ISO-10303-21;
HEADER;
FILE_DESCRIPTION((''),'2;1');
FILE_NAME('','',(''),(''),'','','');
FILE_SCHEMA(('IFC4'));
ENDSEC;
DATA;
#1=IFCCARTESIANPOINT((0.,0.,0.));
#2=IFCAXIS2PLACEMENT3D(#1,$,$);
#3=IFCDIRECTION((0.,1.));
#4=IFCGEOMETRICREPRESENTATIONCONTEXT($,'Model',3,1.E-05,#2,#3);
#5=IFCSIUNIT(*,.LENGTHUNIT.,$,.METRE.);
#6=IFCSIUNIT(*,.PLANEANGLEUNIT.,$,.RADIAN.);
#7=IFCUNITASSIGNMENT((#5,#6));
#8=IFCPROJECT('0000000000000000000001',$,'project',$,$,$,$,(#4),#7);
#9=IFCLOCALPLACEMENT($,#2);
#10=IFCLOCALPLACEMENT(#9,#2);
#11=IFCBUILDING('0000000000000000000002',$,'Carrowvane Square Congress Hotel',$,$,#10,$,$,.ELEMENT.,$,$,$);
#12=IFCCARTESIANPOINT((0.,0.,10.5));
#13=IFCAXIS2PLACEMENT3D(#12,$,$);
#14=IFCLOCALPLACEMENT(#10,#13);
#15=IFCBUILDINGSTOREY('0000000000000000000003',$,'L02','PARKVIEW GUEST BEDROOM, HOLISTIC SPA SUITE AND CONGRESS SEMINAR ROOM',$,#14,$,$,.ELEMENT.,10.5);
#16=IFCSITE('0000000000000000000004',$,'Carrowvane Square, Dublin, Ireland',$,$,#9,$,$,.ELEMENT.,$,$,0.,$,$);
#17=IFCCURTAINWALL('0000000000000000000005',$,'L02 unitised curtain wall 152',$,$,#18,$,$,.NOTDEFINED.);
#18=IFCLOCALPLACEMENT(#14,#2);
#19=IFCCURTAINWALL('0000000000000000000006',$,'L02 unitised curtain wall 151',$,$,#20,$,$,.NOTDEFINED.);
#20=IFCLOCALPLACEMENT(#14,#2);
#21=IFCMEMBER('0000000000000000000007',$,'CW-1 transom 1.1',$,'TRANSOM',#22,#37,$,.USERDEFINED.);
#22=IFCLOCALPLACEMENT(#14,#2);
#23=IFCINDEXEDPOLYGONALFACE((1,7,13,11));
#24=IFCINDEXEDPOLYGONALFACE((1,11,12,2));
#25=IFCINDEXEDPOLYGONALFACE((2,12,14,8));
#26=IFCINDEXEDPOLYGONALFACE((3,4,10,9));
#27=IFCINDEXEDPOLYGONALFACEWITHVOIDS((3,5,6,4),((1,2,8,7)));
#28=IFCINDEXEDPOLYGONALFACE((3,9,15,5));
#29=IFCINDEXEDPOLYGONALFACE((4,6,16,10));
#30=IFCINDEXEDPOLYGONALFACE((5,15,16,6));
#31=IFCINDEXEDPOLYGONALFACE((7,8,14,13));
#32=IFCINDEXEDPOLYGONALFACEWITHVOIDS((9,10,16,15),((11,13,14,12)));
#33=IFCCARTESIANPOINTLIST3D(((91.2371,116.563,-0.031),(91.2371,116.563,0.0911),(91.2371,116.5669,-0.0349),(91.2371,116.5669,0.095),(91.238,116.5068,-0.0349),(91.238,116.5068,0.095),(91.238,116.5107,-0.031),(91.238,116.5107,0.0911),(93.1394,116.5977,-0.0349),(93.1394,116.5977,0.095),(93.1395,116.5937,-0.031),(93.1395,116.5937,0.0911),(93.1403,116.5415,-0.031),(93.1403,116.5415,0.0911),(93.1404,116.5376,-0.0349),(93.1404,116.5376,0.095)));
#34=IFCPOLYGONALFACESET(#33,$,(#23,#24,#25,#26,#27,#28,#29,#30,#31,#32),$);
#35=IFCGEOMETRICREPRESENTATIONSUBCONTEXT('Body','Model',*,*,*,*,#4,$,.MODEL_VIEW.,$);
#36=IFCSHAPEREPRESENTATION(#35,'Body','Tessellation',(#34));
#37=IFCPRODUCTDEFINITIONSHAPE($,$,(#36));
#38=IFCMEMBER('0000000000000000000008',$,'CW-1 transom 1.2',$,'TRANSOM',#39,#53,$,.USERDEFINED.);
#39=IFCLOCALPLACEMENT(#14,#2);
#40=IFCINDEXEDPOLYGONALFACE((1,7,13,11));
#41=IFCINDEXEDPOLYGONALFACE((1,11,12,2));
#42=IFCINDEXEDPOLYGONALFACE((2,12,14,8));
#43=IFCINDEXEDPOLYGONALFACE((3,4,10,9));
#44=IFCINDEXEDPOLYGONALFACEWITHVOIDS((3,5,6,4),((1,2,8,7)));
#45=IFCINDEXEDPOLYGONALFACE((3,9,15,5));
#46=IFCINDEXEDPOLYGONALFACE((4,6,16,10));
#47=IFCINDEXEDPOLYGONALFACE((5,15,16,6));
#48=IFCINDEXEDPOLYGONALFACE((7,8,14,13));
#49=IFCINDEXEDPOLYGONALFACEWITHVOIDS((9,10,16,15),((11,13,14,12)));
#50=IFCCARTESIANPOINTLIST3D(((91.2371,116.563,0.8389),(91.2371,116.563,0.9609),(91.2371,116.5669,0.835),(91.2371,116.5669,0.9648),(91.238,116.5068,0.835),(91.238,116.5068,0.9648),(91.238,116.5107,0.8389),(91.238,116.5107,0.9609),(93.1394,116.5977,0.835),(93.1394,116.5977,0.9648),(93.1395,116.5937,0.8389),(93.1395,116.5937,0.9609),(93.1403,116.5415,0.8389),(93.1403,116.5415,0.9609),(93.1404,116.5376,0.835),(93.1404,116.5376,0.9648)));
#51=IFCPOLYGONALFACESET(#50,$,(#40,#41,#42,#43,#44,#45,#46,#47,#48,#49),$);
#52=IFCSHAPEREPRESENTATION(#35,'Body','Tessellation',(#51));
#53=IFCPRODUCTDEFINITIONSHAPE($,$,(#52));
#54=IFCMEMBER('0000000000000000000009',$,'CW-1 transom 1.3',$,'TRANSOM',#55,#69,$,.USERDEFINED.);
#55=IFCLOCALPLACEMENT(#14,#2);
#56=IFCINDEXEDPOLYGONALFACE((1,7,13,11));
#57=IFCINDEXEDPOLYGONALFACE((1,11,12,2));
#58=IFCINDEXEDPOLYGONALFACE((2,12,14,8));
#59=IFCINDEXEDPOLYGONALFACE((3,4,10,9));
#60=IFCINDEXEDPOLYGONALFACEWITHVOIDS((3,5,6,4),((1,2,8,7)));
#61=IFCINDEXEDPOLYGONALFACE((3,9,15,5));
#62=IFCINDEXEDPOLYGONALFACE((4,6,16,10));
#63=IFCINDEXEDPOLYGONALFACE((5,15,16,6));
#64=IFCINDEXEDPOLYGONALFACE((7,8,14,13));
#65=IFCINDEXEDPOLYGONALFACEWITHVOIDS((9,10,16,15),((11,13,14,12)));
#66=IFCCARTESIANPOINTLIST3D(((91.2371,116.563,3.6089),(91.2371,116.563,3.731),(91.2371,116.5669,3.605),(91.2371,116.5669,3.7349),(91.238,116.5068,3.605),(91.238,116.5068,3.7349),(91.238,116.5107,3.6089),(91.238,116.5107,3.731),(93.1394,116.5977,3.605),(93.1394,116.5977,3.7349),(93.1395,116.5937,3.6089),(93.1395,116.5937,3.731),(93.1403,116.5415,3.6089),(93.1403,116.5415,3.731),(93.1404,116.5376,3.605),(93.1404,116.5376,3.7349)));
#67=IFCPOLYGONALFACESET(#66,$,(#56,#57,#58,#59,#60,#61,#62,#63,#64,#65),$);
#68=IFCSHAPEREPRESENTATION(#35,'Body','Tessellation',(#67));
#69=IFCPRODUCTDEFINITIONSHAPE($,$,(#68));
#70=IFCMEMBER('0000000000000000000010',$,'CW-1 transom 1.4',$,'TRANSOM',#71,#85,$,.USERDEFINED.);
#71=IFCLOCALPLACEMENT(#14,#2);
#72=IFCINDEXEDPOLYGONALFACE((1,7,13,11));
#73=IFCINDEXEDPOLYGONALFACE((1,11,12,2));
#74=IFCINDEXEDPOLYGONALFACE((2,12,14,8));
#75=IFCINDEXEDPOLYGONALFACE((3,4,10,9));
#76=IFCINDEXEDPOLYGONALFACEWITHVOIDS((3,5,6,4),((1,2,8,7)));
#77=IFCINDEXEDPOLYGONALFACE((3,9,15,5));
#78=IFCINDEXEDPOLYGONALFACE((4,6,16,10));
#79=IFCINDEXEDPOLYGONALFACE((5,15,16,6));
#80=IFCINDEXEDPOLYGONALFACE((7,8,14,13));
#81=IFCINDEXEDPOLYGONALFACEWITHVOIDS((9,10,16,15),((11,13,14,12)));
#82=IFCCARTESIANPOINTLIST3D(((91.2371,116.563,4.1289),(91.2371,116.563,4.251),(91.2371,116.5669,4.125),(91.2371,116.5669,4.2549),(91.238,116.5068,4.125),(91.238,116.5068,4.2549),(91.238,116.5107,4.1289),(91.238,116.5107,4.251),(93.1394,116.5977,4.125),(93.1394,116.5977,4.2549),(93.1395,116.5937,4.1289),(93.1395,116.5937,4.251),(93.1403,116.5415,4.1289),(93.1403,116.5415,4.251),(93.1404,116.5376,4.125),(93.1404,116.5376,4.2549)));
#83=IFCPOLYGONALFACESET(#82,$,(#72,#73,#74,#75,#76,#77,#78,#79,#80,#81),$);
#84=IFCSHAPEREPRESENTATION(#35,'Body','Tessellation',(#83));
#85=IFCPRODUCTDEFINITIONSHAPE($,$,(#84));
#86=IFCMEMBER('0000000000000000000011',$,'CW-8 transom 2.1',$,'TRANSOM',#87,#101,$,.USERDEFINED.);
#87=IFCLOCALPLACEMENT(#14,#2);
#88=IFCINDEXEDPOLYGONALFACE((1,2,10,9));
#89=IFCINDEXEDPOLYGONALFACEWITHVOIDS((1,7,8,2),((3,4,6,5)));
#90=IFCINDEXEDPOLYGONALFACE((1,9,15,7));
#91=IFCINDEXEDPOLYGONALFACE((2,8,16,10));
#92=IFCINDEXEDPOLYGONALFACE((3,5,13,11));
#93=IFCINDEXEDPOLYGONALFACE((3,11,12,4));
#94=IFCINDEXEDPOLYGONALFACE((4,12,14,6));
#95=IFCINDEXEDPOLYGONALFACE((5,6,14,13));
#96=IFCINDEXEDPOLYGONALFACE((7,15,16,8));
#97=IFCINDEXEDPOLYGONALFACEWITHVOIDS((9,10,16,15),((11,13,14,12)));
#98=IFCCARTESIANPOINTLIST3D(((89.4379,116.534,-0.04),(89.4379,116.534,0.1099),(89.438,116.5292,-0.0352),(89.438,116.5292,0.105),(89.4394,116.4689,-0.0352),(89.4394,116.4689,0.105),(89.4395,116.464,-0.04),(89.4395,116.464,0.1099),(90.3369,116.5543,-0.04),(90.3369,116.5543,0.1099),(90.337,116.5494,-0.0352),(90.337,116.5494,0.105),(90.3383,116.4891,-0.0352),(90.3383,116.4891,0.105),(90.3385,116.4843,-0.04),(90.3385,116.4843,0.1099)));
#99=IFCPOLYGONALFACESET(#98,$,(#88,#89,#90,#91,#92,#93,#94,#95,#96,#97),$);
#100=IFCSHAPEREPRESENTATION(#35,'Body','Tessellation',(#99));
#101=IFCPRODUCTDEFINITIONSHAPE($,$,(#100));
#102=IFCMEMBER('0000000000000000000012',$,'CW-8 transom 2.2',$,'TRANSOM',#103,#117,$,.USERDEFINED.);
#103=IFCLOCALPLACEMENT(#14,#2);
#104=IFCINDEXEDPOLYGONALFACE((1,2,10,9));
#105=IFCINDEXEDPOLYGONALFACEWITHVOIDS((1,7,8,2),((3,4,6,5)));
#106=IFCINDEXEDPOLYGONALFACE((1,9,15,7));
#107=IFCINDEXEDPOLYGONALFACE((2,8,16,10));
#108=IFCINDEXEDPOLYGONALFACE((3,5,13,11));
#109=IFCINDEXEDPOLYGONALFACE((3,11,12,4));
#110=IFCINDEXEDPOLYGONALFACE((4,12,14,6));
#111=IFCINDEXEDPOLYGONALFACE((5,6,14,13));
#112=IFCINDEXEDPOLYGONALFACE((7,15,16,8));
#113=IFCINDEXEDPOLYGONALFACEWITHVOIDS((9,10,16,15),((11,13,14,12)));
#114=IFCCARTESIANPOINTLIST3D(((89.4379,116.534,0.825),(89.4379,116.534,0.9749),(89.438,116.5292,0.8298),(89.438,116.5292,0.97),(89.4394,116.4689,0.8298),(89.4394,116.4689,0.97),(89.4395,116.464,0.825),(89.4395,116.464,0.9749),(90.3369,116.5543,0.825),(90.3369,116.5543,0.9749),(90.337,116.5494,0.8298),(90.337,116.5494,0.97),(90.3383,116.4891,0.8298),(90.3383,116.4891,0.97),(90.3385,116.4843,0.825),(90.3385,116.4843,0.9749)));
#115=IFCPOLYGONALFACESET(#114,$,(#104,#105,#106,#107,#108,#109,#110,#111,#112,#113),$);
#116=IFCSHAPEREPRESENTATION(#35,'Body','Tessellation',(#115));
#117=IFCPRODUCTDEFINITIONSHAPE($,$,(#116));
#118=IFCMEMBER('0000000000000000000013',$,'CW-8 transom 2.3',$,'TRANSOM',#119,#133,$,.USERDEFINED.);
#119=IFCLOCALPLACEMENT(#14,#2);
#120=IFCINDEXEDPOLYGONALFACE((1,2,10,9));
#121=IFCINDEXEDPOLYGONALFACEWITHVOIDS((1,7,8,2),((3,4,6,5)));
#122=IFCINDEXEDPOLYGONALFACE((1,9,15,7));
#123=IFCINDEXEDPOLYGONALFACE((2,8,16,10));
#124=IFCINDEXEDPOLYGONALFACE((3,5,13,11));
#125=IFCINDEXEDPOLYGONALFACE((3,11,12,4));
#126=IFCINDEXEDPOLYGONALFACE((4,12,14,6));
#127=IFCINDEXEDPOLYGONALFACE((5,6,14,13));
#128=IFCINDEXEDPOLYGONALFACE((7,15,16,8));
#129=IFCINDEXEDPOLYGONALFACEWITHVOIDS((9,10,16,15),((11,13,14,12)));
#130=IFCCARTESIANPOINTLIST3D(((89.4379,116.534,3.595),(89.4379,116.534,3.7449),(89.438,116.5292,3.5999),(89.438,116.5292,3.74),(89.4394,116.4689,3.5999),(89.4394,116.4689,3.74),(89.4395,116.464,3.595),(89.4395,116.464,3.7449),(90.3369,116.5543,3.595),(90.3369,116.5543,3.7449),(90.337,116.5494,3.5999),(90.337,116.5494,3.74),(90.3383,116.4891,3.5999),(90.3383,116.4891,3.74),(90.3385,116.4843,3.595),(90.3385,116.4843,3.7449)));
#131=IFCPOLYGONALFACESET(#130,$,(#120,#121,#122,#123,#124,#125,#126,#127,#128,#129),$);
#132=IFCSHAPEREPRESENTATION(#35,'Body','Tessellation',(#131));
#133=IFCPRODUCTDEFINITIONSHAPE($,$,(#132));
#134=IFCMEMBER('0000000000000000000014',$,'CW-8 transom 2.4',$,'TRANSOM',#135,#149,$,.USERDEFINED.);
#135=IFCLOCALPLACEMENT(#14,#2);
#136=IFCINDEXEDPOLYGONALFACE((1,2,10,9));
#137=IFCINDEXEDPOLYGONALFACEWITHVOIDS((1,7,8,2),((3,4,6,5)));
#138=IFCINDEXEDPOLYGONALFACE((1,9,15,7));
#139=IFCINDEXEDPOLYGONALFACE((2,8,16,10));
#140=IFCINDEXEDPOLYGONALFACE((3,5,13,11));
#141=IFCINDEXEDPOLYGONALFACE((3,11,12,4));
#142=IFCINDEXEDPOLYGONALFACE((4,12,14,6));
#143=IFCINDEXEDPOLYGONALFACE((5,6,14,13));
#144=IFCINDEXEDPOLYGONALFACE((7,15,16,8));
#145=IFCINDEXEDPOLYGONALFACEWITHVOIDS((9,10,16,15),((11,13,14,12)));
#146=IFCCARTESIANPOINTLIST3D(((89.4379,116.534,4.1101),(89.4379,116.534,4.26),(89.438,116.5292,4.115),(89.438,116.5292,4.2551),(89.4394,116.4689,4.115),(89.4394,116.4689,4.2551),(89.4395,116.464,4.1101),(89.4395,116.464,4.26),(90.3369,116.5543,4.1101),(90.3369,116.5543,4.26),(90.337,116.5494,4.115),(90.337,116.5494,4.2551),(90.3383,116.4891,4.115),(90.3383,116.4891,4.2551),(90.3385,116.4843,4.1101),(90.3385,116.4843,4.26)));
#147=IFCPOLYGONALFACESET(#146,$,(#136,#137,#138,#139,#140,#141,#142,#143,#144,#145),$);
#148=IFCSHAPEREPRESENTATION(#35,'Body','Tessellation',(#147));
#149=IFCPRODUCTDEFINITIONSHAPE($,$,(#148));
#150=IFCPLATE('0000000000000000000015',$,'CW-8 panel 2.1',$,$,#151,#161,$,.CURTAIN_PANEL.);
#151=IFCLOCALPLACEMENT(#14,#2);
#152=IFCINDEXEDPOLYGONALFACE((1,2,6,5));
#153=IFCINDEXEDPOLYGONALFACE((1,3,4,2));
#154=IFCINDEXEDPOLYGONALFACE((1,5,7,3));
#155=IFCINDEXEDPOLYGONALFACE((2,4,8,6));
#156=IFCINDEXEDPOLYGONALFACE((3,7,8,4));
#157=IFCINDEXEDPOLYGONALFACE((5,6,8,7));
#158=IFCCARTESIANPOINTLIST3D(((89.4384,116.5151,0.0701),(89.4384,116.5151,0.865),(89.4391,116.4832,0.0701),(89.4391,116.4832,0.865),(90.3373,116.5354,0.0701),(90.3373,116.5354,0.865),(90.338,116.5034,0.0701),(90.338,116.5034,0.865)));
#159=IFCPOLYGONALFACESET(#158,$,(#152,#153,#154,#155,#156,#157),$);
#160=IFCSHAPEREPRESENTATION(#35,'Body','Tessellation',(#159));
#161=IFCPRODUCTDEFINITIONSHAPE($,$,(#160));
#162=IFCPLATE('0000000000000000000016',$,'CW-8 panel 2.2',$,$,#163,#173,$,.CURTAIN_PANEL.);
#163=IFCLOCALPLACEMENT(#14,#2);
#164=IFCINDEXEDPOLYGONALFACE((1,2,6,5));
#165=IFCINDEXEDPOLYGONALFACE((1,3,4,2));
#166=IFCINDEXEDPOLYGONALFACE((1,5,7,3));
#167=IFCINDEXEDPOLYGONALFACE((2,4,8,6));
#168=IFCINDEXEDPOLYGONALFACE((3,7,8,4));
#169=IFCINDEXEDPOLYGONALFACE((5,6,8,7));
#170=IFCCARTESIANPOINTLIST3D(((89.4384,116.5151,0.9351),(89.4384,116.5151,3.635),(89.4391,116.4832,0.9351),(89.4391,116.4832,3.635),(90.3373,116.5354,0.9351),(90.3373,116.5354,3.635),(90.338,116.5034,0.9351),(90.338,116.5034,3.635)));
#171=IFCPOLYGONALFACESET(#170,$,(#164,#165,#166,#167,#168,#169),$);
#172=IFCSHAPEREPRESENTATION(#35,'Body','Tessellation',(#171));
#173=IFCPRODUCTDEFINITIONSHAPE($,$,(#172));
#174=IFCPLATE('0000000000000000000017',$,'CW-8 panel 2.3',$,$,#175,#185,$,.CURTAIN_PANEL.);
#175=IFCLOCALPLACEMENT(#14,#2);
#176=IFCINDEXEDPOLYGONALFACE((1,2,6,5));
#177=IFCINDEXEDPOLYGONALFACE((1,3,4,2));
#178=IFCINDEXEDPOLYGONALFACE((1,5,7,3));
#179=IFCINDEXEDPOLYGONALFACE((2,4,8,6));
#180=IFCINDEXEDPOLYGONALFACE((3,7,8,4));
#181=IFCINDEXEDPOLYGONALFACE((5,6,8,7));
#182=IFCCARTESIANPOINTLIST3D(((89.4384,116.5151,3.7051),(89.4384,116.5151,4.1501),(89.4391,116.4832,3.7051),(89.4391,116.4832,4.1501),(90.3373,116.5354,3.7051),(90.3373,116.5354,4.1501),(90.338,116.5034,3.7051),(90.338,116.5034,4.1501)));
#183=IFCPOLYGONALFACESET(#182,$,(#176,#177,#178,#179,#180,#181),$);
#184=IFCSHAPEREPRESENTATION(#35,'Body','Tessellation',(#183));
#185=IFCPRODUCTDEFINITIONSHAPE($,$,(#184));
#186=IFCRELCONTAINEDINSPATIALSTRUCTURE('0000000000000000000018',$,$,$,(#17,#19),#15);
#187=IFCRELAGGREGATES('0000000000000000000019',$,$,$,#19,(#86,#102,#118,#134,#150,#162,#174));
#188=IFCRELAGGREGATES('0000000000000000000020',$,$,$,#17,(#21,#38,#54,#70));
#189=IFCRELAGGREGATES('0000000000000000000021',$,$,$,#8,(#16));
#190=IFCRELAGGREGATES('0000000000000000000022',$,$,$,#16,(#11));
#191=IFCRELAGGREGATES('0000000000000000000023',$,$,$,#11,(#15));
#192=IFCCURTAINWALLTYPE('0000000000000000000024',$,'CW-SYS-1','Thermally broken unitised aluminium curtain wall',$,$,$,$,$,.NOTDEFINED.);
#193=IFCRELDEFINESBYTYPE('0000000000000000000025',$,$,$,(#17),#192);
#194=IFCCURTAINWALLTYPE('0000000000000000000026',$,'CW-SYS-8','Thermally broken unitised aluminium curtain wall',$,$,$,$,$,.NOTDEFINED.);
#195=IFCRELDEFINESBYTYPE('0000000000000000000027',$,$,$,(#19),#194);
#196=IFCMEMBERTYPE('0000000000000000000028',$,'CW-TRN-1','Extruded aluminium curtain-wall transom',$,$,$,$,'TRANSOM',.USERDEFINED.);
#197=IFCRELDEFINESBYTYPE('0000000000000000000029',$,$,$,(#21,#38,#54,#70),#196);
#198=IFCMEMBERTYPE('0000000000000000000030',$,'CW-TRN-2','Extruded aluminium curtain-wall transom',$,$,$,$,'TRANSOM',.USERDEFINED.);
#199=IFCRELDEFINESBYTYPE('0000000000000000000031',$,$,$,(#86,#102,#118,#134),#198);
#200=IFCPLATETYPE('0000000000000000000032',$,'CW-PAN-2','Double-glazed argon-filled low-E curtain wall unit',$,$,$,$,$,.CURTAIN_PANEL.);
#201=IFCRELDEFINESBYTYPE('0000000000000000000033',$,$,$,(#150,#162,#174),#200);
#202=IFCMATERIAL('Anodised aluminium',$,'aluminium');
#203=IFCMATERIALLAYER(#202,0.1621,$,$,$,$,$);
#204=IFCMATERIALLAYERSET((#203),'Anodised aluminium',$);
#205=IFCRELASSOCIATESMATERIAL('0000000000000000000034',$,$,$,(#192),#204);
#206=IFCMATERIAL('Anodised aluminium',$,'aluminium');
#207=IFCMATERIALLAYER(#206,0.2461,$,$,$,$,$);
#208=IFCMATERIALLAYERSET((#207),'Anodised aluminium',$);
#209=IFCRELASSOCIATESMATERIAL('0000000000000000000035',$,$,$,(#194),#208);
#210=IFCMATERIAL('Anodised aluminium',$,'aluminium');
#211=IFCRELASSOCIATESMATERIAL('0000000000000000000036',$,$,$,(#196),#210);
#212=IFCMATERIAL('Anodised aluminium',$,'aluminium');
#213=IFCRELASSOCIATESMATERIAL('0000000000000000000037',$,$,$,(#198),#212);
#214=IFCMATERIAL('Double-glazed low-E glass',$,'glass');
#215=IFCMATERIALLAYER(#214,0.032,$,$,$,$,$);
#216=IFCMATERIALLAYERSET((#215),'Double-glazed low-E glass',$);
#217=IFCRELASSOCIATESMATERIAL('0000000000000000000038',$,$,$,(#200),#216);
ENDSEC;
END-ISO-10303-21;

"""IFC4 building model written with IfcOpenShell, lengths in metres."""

from ifc_helpers import new_model, si_unit, direction, frame, origin, origin_2d, place, context, subcontext, project, spatial, rectangle, hollow_rectangle, extrude, material, layer, layer_set, material_profile, profile_set, type_object, element, aggregate, save


model = new_model("IFC4")

# Units and contexts
model_context = context("Model", 3, precision=1e-05, world=origin(), true_north=direction((0.0, 1.0)))
body_context = subcontext(model_context, "Body", "Model", "MODEL_VIEW")
ifc_project = project(units=[si_unit("LENGTHUNIT", "METRE"), si_unit("PLANEANGLEUNIT", "RADIAN")], contexts=[model_context])

# Site, building, storey
site_placement = place(None, origin())
site = spatial("IfcSite", under=ifc_project, at=site_placement, Name="Carrowvane Square, Dublin, Ireland", CompositionType="ELEMENT", RefElevation=0.0)
building_placement = place(site_placement, origin())
building = spatial("IfcBuilding", under=site, at=building_placement, Name="Carrowvane Square Congress Hotel", CompositionType="ELEMENT")
storey_placement = place(building_placement, frame((0.0, 0.0, 10.5)))
storey = spatial("IfcBuildingStorey", under=building, at=storey_placement, Name="L02", Description="PARKVIEW GUEST BEDROOM, HOLISTIC SPA SUITE AND CONGRESS SEMINAR ROOM", CompositionType="ELEMENT", Elevation=10.5)

# Curtain walls
ifc_material_1 = material(Name="Anodised aluminium", Category="aluminium")
ifc_layer_1 = layer(ifc_material_1, 0.1621)
ifc_layer_set_1 = layer_set([ifc_layer_1], Name="Anodised aluminium")
curtain_wall_type_1 = type_object("IfcCurtainWallType", Name="CW-SYS-1", Description="Thermally broken unitised aluminium curtain wall", PredefinedType="NOTDEFINED", material=ifc_layer_set_1)
curtain_wall_1_placement = place(storey_placement, origin())
curtain_wall_1 = element("IfcCurtainWall", 1, at=curtain_wall_1_placement, inside=storey, type_object=curtain_wall_type_1, Name="L02 unitised curtain wall 152", PredefinedType="NOTDEFINED")
ifc_material_2 = material(Name="Anodised aluminium", Category="aluminium")
ifc_layer_2 = layer(ifc_material_2, 0.2461)
ifc_layer_set_2 = layer_set([ifc_layer_2], Name="Anodised aluminium")
curtain_wall_type_2 = type_object("IfcCurtainWallType", Name="CW-SYS-8", Description="Thermally broken unitised aluminium curtain wall", PredefinedType="NOTDEFINED", material=ifc_layer_set_2)
curtain_wall_2_placement = place(storey_placement, origin())
curtain_wall_2 = element("IfcCurtainWall", 2, at=curtain_wall_2_placement, inside=storey, type_object=curtain_wall_type_2, Name="L02 unitised curtain wall 151", PredefinedType="NOTDEFINED")

# Members
ifc_material_3 = material(Name="Anodised aluminium", Category="aluminium")
ifc_material_profile_1 = material_profile(ifc_material_3, hollow_rectangle(XDim=0.0601, YDim=0.1299, WallThickness=0.0039, at=origin_2d()), Name="CW-TR 60x130x4")
ifc_profile_set_1 = profile_set([ifc_material_profile_1], Name="Anodised aluminium")
member_type_1 = type_object("IfcMemberType", Name="CW-TRN-1", Description="Extruded aluminium curtain-wall transom", ElementType="TRANSOM", PredefinedType="USERDEFINED", material=ifc_profile_set_1)
member_1_placement = place(storey_placement, frame((91.2375, 116.5369, 0.03), z_axis=(0.999869, 0.016168, 0.0), x_axis=(-0.016168, 0.999869, 0.0)))
member_1 = element("IfcMember", 3, at=member_1_placement, type_object=member_type_1, Name="CW-1 transom 1.1", ObjectType="TRANSOM", PredefinedType="USERDEFINED", context=body_context, shape_type="SweptSolid", body=[
    extrude(hollow_rectangle(XDim=0.0601, YDim=0.1299, WallThickness=0.0039, at=origin_2d()), origin(), (0.0, 0.0, 1.0), 1.9026),
])
member_2_placement = place(storey_placement, frame((91.2375, 116.5369, 0.8999), z_axis=(0.999869, 0.016168, 0.0), x_axis=(-0.016168, 0.999869, 0.0)))
member_2 = element("IfcMember", 4, at=member_2_placement, type_object=member_type_1, Name="CW-1 transom 1.2", ObjectType="TRANSOM", PredefinedType="USERDEFINED", context=body_context, shape_type="SweptSolid", body=[
    extrude(hollow_rectangle(XDim=0.0601, YDim=0.1299, WallThickness=0.0039, at=origin_2d()), origin(), (0.0, 0.0, 1.0), 1.9026),
])
member_3_placement = place(storey_placement, frame((91.2375, 116.5369, 3.6699), z_axis=(0.999869, 0.016168, 0.0), x_axis=(-0.016168, 0.999869, 0.0)))
member_3 = element("IfcMember", 5, at=member_3_placement, type_object=member_type_1, Name="CW-1 transom 1.3", ObjectType="TRANSOM", PredefinedType="USERDEFINED", context=body_context, shape_type="SweptSolid", body=[
    extrude(hollow_rectangle(XDim=0.0601, YDim=0.1299, WallThickness=0.0039, at=origin_2d()), origin(), (0.0, 0.0, 1.0), 1.9026),
])
member_4_placement = place(storey_placement, frame((91.2375, 116.5369, 4.1899), z_axis=(0.999869, 0.016168, 0.0), x_axis=(-0.016168, 0.999869, 0.0)))
member_4 = element("IfcMember", 6, at=member_4_placement, type_object=member_type_1, Name="CW-1 transom 1.4", ObjectType="TRANSOM", PredefinedType="USERDEFINED", context=body_context, shape_type="SweptSolid", body=[
    extrude(hollow_rectangle(XDim=0.0601, YDim=0.1299, WallThickness=0.0039, at=origin_2d()), origin(), (0.0, 0.0, 1.0), 1.9026),
])
ifc_material_4 = material(Name="Anodised aluminium", Category="aluminium")
ifc_material_profile_2 = material_profile(ifc_material_4, hollow_rectangle(XDim=0.0701, YDim=0.1499, WallThickness=0.0049, at=origin_2d()), Name="CW-TR 70x150x5")
ifc_profile_set_2 = profile_set([ifc_material_profile_2], Name="Anodised aluminium")
member_type_2 = type_object("IfcMemberType", Name="CW-TRN-2", Description="Extruded aluminium curtain-wall transom", ElementType="TRANSOM", PredefinedType="USERDEFINED", material=ifc_profile_set_2)
member_5_placement = place(storey_placement, frame((89.4387, 116.499, 0.0349), z_axis=(0.999746, 0.022536, 0.0), x_axis=(-0.022536, 0.999746, 0.0)))
member_5 = element("IfcMember", 7, at=member_5_placement, type_object=member_type_2, Name="CW-8 transom 2.1", ObjectType="TRANSOM", PredefinedType="USERDEFINED", context=body_context, shape_type="SweptSolid", body=[
    extrude(hollow_rectangle(XDim=0.0701, YDim=0.1499, WallThickness=0.0049, at=origin_2d()), origin(), (0.0, 0.0, 1.0), 0.8992),
])
member_6_placement = place(storey_placement, frame((89.4387, 116.499, 0.8999), z_axis=(0.999746, 0.022536, 0.0), x_axis=(-0.022536, 0.999746, 0.0)))
member_6 = element("IfcMember", 8, at=member_6_placement, type_object=member_type_2, Name="CW-8 transom 2.2", ObjectType="TRANSOM", PredefinedType="USERDEFINED", context=body_context, shape_type="SweptSolid", body=[
    extrude(hollow_rectangle(XDim=0.0701, YDim=0.1499, WallThickness=0.0049, at=origin_2d()), origin(), (0.0, 0.0, 1.0), 0.8992),
])
member_7_placement = place(storey_placement, frame((89.4387, 116.499, 3.6699), z_axis=(0.999746, 0.022536, 0.0), x_axis=(-0.022536, 0.999746, 0.0)))
member_7 = element("IfcMember", 9, at=member_7_placement, type_object=member_type_2, Name="CW-8 transom 2.3", ObjectType="TRANSOM", PredefinedType="USERDEFINED", context=body_context, shape_type="SweptSolid", body=[
    extrude(hollow_rectangle(XDim=0.0701, YDim=0.1499, WallThickness=0.0049, at=origin_2d()), origin(), (0.0, 0.0, 1.0), 0.8992),
])
member_8_placement = place(storey_placement, frame((89.4387, 116.499, 4.1851), z_axis=(0.999746, 0.022536, 0.0), x_axis=(-0.022536, 0.999746, 0.0)))
member_8 = element("IfcMember", 10, at=member_8_placement, type_object=member_type_2, Name="CW-8 transom 2.4", ObjectType="TRANSOM", PredefinedType="USERDEFINED", context=body_context, shape_type="SweptSolid", body=[
    extrude(hollow_rectangle(XDim=0.0701, YDim=0.1499, WallThickness=0.0049, at=origin_2d()), origin(), (0.0, 0.0, 1.0), 0.8992),
])

# Plates
ifc_material_5 = material(Name="Double-glazed low-E glass", Category="glass")
ifc_layer_3 = layer(ifc_material_5, 0.032)
ifc_layer_set_3 = layer_set([ifc_layer_3], Name="Double-glazed low-E glass")
plate_type_1 = type_object("IfcPlateType", Name="CW-PAN-2", Description="Double-glazed argon-filled low-E curtain wall unit", PredefinedType="CURTAIN_PANEL", material=ifc_layer_set_3)
plate_1_placement = place(storey_placement, frame((89.8882, 116.5093, 0.0701), z_axis=(0.0, 0.0, 1.0), x_axis=(0.999746, 0.022518, 0.0)))
plate_1 = element("IfcPlate", 11, at=plate_1_placement, type_object=plate_type_1, Name="CW-8 panel 2.1", PredefinedType="CURTAIN_PANEL", context=body_context, shape_type="SweptSolid", body=[
    extrude(rectangle(XDim=0.8992, YDim=0.032, at=origin_2d()), origin(), (0.0, 0.0, 1.0), 0.7949),
])
plate_2_placement = place(storey_placement, frame((89.8882, 116.5093, 0.9351), z_axis=(0.0, 0.0, 1.0), x_axis=(0.999746, 0.022518, 0.0)))
plate_2 = element("IfcPlate", 12, at=plate_2_placement, type_object=plate_type_1, Name="CW-8 panel 2.2", PredefinedType="CURTAIN_PANEL", context=body_context, shape_type="SweptSolid", body=[
    extrude(rectangle(XDim=0.8992, YDim=0.032, at=origin_2d()), origin(), (0.0, 0.0, 1.0), 2.7),
])
plate_3_placement = place(storey_placement, frame((89.8882, 116.5093, 3.7051), z_axis=(0.0, 0.0, 1.0), x_axis=(0.999746, 0.022518, 0.0)))
plate_3 = element("IfcPlate", 13, at=plate_3_placement, type_object=plate_type_1, Name="CW-8 panel 2.3", PredefinedType="CURTAIN_PANEL", context=body_context, shape_type="SweptSolid", body=[
    extrude(rectangle(XDim=0.8992, YDim=0.032, at=origin_2d()), origin(), (0.0, 0.0, 1.0), 0.4451),
])
aggregate(curtain_wall_2, [member_5, member_6, member_7, member_8, plate_1, plate_2, plate_3])
aggregate(curtain_wall_1, [member_1, member_2, member_3, member_4])

save(model, "model.ifc")
